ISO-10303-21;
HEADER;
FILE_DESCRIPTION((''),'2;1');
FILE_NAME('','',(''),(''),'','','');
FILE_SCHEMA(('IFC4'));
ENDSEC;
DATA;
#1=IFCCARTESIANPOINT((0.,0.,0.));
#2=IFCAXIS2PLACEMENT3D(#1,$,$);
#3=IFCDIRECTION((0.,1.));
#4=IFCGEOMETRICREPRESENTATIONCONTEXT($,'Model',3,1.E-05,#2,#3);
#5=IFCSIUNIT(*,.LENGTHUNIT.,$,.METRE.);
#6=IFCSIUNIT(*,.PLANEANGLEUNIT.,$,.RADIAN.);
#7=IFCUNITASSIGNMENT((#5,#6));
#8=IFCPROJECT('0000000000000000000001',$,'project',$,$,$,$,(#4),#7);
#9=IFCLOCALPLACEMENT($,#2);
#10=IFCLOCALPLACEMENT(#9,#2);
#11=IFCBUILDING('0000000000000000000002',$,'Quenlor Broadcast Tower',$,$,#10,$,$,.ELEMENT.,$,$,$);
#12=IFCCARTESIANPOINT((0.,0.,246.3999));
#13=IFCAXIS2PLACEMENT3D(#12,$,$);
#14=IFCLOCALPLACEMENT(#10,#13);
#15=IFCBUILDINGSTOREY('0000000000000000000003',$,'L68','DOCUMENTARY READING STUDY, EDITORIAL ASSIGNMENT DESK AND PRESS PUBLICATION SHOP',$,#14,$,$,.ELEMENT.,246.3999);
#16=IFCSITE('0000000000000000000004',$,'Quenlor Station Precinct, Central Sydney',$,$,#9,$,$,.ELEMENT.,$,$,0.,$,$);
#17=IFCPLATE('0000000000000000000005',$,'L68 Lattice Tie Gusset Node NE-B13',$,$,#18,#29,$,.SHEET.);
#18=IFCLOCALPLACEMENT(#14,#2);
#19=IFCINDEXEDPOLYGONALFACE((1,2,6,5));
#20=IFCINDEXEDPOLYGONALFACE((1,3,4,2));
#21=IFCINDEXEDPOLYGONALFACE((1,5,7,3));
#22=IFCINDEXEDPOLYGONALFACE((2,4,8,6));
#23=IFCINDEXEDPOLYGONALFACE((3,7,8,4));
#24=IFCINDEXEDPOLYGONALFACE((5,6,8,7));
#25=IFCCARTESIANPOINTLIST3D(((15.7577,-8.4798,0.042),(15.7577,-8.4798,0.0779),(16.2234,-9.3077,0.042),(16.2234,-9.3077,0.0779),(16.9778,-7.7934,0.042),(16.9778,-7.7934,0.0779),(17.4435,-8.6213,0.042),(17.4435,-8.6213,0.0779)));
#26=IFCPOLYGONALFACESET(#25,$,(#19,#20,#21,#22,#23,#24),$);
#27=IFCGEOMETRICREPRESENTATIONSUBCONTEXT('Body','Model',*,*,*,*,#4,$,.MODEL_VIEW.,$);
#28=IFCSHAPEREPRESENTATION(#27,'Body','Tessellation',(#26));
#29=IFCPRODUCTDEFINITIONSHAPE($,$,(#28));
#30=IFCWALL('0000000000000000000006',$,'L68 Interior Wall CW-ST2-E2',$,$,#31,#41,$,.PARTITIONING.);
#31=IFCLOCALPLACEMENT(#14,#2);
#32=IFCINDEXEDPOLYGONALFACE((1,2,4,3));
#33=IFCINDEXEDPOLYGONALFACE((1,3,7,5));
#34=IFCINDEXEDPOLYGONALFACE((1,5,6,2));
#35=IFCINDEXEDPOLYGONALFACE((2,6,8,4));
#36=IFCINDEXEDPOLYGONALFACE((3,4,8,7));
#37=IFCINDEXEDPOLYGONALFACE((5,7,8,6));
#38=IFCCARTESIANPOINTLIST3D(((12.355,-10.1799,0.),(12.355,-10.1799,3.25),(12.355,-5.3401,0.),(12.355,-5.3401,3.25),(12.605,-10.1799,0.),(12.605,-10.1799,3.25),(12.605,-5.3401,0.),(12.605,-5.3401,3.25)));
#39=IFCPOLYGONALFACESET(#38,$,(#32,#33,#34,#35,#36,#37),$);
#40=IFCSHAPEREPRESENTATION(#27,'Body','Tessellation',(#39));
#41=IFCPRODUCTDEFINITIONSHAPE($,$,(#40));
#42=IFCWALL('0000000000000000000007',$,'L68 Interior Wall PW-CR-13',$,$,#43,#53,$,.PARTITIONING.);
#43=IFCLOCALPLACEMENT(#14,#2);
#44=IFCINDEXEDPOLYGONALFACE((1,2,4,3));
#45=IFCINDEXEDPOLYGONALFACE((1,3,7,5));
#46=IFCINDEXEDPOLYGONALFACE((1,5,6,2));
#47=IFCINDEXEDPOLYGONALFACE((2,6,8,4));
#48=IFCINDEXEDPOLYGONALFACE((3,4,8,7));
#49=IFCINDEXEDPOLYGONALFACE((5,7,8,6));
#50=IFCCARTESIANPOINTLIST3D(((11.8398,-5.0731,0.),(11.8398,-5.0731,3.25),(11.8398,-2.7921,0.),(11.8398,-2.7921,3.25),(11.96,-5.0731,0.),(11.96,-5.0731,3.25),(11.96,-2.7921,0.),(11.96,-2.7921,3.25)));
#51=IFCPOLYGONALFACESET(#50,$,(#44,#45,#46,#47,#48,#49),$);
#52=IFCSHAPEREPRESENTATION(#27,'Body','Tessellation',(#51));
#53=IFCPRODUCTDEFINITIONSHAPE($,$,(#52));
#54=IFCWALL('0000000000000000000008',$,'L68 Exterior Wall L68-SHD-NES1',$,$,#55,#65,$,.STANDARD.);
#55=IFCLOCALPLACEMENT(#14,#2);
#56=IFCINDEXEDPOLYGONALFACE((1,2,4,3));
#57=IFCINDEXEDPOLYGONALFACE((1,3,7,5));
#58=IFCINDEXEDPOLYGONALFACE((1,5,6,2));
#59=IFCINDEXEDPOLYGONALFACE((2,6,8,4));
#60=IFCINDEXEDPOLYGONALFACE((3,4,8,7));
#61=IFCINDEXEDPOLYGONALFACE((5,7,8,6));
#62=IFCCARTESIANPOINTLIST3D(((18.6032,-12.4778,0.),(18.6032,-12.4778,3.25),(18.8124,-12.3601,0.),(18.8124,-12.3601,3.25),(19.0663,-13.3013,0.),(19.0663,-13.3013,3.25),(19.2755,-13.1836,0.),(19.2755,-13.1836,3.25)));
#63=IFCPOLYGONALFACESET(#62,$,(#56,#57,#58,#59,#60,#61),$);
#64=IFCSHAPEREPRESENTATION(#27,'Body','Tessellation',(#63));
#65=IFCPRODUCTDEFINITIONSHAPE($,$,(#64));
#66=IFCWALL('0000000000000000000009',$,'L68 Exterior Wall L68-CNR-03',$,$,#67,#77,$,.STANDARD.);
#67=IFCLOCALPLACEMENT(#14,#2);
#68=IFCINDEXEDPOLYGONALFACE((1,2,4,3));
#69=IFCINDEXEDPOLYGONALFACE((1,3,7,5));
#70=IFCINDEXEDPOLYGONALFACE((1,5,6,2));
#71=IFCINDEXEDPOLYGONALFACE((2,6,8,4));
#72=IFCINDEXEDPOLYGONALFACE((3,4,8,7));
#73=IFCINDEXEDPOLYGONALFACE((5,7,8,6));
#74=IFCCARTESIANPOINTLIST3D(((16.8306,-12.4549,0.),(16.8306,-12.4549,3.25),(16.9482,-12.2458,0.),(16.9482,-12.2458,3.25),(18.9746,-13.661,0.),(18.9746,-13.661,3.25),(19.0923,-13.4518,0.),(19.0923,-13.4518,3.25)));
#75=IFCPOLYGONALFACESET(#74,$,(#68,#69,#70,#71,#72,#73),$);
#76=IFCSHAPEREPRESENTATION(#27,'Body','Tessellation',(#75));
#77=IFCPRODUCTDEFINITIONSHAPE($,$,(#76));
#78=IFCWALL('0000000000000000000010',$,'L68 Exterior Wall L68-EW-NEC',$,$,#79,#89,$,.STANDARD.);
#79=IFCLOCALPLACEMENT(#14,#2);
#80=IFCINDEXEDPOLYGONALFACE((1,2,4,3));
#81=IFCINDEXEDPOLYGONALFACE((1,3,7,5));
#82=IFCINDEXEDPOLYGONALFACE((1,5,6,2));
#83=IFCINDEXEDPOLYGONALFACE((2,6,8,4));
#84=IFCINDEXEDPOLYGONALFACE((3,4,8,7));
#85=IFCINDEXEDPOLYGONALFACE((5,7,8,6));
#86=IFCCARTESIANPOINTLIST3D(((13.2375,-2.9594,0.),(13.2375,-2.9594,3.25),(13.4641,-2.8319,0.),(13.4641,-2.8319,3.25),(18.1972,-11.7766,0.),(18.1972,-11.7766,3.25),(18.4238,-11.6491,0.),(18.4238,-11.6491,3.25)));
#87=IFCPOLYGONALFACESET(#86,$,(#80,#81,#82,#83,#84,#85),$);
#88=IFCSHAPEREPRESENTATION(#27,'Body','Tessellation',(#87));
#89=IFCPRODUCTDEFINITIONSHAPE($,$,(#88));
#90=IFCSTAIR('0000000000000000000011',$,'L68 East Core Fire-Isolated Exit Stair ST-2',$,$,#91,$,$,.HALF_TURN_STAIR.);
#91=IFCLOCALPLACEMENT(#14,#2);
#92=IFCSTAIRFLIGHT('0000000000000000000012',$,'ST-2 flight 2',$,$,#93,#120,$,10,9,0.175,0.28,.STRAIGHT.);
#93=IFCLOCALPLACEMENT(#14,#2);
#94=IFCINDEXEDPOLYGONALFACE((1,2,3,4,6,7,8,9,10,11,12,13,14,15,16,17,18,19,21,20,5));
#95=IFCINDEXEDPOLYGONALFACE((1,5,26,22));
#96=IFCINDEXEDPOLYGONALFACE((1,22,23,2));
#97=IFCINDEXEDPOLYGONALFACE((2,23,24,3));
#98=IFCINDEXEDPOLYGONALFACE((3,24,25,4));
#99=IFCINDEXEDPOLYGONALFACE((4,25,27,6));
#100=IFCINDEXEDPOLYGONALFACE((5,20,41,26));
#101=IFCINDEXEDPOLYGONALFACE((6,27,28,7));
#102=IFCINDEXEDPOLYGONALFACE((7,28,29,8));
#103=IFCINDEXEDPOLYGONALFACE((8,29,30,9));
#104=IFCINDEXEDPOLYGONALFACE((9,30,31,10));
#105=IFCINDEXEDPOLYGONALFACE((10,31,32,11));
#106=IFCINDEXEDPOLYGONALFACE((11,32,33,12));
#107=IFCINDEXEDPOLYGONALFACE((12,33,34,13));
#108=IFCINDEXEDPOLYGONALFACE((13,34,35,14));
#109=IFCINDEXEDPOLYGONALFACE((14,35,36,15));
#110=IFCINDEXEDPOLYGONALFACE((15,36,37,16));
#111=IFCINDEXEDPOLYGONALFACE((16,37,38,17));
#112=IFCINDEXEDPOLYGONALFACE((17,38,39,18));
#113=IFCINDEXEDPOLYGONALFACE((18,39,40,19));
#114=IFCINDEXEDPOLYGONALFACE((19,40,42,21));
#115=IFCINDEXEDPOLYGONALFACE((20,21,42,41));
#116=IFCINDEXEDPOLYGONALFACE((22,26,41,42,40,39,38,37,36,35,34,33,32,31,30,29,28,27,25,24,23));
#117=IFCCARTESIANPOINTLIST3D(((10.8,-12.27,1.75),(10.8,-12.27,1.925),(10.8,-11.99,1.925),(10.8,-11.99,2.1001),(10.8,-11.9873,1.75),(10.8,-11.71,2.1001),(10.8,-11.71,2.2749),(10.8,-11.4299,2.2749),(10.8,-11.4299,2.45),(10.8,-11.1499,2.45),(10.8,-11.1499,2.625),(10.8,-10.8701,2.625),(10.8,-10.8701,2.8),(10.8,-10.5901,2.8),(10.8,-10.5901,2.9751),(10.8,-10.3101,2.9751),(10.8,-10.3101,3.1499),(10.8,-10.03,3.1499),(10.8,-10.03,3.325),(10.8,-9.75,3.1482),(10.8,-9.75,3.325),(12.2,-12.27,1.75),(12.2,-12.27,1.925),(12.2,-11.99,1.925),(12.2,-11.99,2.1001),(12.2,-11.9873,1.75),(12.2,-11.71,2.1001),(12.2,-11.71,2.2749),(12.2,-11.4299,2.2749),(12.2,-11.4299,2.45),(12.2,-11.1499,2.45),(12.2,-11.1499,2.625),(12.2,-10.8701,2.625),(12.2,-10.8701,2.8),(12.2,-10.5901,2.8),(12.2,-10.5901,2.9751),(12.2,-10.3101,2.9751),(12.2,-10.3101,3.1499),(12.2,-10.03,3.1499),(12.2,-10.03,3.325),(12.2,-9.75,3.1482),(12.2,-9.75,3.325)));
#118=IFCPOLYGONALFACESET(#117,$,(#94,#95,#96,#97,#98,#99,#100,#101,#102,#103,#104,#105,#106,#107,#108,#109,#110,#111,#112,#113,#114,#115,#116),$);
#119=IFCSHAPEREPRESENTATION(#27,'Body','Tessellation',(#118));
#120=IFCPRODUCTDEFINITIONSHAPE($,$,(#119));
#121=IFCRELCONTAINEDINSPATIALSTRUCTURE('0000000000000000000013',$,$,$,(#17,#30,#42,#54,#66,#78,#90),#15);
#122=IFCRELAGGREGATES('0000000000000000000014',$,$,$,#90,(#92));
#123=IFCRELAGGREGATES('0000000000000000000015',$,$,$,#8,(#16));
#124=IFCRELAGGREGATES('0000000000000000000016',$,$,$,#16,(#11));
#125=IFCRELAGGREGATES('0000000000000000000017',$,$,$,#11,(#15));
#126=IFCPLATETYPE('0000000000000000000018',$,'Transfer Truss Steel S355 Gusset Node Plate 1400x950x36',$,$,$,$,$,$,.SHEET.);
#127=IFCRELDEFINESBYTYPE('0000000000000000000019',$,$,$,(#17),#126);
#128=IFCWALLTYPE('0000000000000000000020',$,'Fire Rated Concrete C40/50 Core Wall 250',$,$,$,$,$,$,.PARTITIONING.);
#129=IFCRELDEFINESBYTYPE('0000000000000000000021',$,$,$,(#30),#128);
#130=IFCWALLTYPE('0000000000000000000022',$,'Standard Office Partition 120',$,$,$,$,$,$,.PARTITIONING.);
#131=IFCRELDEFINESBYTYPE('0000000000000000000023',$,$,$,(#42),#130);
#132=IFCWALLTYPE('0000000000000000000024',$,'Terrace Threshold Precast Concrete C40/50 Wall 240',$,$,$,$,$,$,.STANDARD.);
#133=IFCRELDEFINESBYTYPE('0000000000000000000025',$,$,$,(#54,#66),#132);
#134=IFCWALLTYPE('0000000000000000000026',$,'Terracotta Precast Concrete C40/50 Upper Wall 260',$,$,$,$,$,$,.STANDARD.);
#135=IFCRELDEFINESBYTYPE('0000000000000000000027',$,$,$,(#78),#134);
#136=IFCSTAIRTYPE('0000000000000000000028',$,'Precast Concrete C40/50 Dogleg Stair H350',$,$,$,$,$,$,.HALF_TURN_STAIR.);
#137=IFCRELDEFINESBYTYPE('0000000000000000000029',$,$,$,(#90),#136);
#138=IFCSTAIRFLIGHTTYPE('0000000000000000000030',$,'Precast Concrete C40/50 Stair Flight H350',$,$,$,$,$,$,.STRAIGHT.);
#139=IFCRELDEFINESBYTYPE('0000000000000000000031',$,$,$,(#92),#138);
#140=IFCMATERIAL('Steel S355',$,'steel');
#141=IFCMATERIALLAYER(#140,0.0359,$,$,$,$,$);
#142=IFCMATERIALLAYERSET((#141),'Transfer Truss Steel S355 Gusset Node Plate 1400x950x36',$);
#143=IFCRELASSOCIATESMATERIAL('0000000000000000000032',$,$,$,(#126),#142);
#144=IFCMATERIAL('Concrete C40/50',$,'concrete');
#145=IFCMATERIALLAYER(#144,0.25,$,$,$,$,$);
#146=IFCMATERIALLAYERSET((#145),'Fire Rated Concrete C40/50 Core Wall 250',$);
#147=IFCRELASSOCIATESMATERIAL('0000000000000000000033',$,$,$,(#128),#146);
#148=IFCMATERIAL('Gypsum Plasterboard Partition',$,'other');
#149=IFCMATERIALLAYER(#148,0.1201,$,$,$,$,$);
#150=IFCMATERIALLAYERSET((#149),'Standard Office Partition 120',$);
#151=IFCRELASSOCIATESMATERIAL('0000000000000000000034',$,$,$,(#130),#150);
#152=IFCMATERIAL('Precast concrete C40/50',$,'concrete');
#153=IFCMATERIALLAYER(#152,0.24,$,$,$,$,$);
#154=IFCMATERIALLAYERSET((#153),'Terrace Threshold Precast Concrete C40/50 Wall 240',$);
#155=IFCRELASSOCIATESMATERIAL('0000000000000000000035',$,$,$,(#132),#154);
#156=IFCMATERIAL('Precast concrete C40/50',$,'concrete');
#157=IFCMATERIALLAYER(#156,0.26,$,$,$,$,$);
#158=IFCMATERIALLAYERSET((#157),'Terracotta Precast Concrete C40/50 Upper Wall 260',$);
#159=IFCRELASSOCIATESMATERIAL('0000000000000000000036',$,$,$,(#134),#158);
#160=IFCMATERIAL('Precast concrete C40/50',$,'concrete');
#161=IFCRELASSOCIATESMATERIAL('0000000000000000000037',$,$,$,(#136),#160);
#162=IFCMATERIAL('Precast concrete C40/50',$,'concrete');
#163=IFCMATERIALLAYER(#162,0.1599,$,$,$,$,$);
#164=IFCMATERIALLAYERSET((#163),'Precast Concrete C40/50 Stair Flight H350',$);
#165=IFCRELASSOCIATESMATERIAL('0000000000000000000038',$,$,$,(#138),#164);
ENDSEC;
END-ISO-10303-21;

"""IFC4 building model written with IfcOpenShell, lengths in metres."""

from ifc_helpers import new_model, si_unit, direction, frame, frame_2d, origin, origin_2d, place, context, subcontext, project, spatial, polyline, rectangle, outline, extrude, material, layer, layer_set, type_object, element, aggregate, save


model = new_model("IFC4")

# Units and contexts
model_context = context("Model", 3, precision=1e-05, world=origin(), true_north=direction((0.0, 1.0)))
body_context = subcontext(model_context, "Body", "Model", "MODEL_VIEW")
ifc_project = project(units=[si_unit("LENGTHUNIT", "METRE"), si_unit("PLANEANGLEUNIT", "RADIAN")], contexts=[model_context])

# Site, building, storey
site_placement = place(None, origin())
site = spatial("IfcSite", under=ifc_project, at=site_placement, Name="Quenlor Station Precinct, Central Sydney", CompositionType="ELEMENT", RefElevation=0.0)
building_placement = place(site_placement, origin())
building = spatial("IfcBuilding", under=site, at=building_placement, Name="Quenlor Broadcast Tower", CompositionType="ELEMENT")
storey_placement = place(building_placement, frame((0.0, 0.0, 246.3999)))
storey = spatial("IfcBuildingStorey", under=building, at=storey_placement, Name="L68", Description="DOCUMENTARY READING STUDY, EDITORIAL ASSIGNMENT DESK AND PRESS PUBLICATION SHOP", CompositionType="ELEMENT", Elevation=246.3999)

# Plate
ifc_material_1 = material(Name="Steel S355", Category="steel")
ifc_layer_1 = layer(ifc_material_1, 0.0359)
ifc_layer_set_1 = layer_set([ifc_layer_1], Name="Transfer Truss Steel S355 Gusset Node Plate 1400x950x36")
plate_type = type_object("IfcPlateType", Name="Transfer Truss Steel S355 Gusset Node Plate 1400x950x36", PredefinedType="SHEET", material=ifc_layer_set_1)
for number, where, z_axis, x_axis, name in (
    (1, (16.6006, -8.5505, 0.042), (0.0, 0.0, 1.0), (0.871556, 0.490295, 0.0), "L68 Lattice Tie Gusset Node NE-B13"),
):
    element("IfcPlate", number, at=place(storey_placement, frame(where, z_axis=z_axis, x_axis=x_axis)), inside=storey, type_object=plate_type, Name=name, PredefinedType="SHEET", context=body_context, shape_type="SweptSolid", body=[
        extrude(rectangle(XDim=1.3999, YDim=0.95, at=origin_2d()), origin(), (0.0, 0.0, 1.0), 0.0359),
    ])

# Walls
ifc_material_2 = material(Name="Concrete C40/50", Category="concrete")
ifc_layer_2 = layer(ifc_material_2, 0.25)
ifc_layer_set_2 = layer_set([ifc_layer_2], Name="Fire Rated Concrete C40/50 Core Wall 250")
wall_type_1 = type_object("IfcWallType", Name="Fire Rated Concrete C40/50 Core Wall 250", PredefinedType="PARTITIONING", material=ifc_layer_set_2)
wall_1_placement = place(storey_placement, frame((12.48, -10.1799, 0.0), z_axis=(0.0, 0.0, 1.0), x_axis=(0.0, 1.0, 0.0)))
element("IfcWall", 2, at=wall_1_placement, inside=storey, type_object=wall_type_1, Name="L68 Interior Wall CW-ST2-E2", PredefinedType="PARTITIONING", context=body_context, shape_type="SweptSolid", body=[
    extrude(rectangle(XDim=4.8398, YDim=0.25, at=frame_2d((2.4199, 0.0))), origin(), (0.0, 0.0, 1.0), 3.25),
])
ifc_material_3 = material(Name="Gypsum Plasterboard Partition", Category="other")
ifc_layer_3 = layer(ifc_material_3, 0.1201)
ifc_layer_set_3 = layer_set([ifc_layer_3], Name="Standard Office Partition 120")
wall_type_2 = type_object("IfcWallType", Name="Standard Office Partition 120", PredefinedType="PARTITIONING", material=ifc_layer_set_3)
wall_2_placement = place(storey_placement, frame((11.8999, -2.792, 0.0), z_axis=(0.0, 0.0, 1.0), x_axis=(0.0, -1.0, 0.0)))
element("IfcWall", 3, at=wall_2_placement, inside=storey, type_object=wall_type_2, Name="L68 Interior Wall PW-CR-13", PredefinedType="PARTITIONING", context=body_context, shape_type="SweptSolid", body=[
    extrude(rectangle(XDim=2.281, YDim=0.1201, at=frame_2d((1.1406, 0.0))), origin(), (0.0, 0.0, 1.0), 3.25),
])
ifc_material_4 = material(Name="Precast concrete C40/50", Category="concrete")
ifc_layer_4 = layer(ifc_material_4, 0.24)
ifc_layer_set_4 = layer_set([ifc_layer_4], Name="Terrace Threshold Precast Concrete C40/50 Wall 240")
wall_type_3 = type_object("IfcWallType", Name="Terrace Threshold Precast Concrete C40/50 Wall 240", PredefinedType="STANDARD", material=ifc_layer_set_4)
wall_3_placement = place(storey_placement, frame((18.7078, -12.4189, 0.0), z_axis=(0.0, 0.0, 1.0), x_axis=(0.4902, -0.87161, 0.0)))
element("IfcWall", 4, at=wall_3_placement, inside=storey, type_object=wall_type_3, Name="L68 Exterior Wall L68-SHD-NES1", PredefinedType="STANDARD", context=body_context, shape_type="SweptSolid", body=[
    extrude(rectangle(XDim=0.9448, YDim=0.24, at=frame_2d((0.4724, 0.0))), origin(), (0.0, 0.0, 1.0), 3.25),
])
wall_4_placement = place(storey_placement, frame((16.8894, -12.3503, 0.0), z_axis=(0.0, 0.0, 1.0), x_axis=(0.87157, -0.490271, 0.0)))
element("IfcWall", 5, at=wall_4_placement, inside=storey, type_object=wall_type_3, Name="L68 Exterior Wall L68-CNR-03", PredefinedType="STANDARD", context=body_context, shape_type="SweptSolid", body=[
    extrude(rectangle(XDim=2.46, YDim=0.24, at=frame_2d((1.23, 0.0))), origin(), (0.0, 0.0, 1.0), 3.25),
])
ifc_material_5 = material(Name="Precast concrete C40/50", Category="concrete")
ifc_layer_5 = layer(ifc_material_5, 0.26)
ifc_layer_set_5 = layer_set([ifc_layer_5], Name="Terracotta Precast Concrete C40/50 Upper Wall 260")
wall_type_4 = type_object("IfcWallType", Name="Terracotta Precast Concrete C40/50 Upper Wall 260", PredefinedType="STANDARD", material=ifc_layer_set_5)
wall_5_placement = place(storey_placement, frame((13.3508, -2.8958, 0.0), z_axis=(0.0, 0.0, 1.0), x_axis=(0.490267, -0.871572, 0.0)))
element("IfcWall", 6, at=wall_5_placement, inside=storey, type_object=wall_type_4, Name="L68 Exterior Wall L68-EW-NEC", PredefinedType="STANDARD", context=body_context, shape_type="SweptSolid", body=[
    extrude(rectangle(XDim=10.1165, YDim=0.26, at=frame_2d((5.0581, 0.0))), origin(), (0.0, 0.0, 1.0), 3.25),
])

# Stair, stair flight
ifc_material_6 = material(Name="Precast concrete C40/50", Category="concrete")
stair_type = type_object("IfcStairType", Name="Precast Concrete C40/50 Dogleg Stair H350", PredefinedType="HALF_TURN_STAIR", material=ifc_material_6)
stair_placement = place(storey_placement, origin())
stair = element("IfcStair", 7, at=stair_placement, inside=storey, type_object=stair_type, Name="L68 East Core Fire-Isolated Exit Stair ST-2", PredefinedType="HALF_TURN_STAIR")
ifc_material_7 = material(Name="Precast concrete C40/50", Category="concrete")
ifc_layer_6 = layer(ifc_material_7, 0.1599)
ifc_layer_set_6 = layer_set([ifc_layer_6], Name="Precast Concrete C40/50 Stair Flight H350")
stair_flight_type = type_object("IfcStairFlightType", Name="Precast Concrete C40/50 Stair Flight H350", PredefinedType="STRAIGHT", material=ifc_layer_set_6)
stair_flight_placement = place(storey_placement, frame((11.5, -12.27, 1.75), z_axis=(0.0, 0.0, 1.0), x_axis=(0.0, 1.0, 0.0)))
stair_flight = element("IfcStairFlight", 8, at=stair_flight_placement, type_object=stair_flight_type, Name="ST-2 flight 2", NumberOfRisers=10, NumberOfTreads=9, PredefinedType="STRAIGHT", RiserHeight=0.175, TreadLength=0.28, context=body_context, shape_type="SweptSolid", body=[
    extrude(outline(polyline([(0.0, 0.0), (0.0, 0.175), (0.28, 0.175), (0.28, 0.3501), (0.5601, 0.3501), (0.5601, 0.5249), (0.8401, 0.5249), (0.8401, 0.7), (1.1201, 0.7), (1.1201, 0.875), (1.3999, 0.875), (1.3999, 1.05), (1.6799, 1.05), (1.6799, 1.2251), (1.96, 1.2251), (1.96, 1.3999), (2.24, 1.3999), (2.24, 1.575), (2.52, 1.575), (2.52, 1.75), (2.52, 1.3982), (0.2827, 0.0), (0.0, 0.0)])), frame((0.0, 0.7, 0.0), z_axis=(0.0, -1.0, 0.0), x_axis=(1.0, 0.0, 0.0)), (0.0, 0.0, 1.0), 1.3999),
])
aggregate(stair, [stair_flight])

save(model, "model.ifc")
